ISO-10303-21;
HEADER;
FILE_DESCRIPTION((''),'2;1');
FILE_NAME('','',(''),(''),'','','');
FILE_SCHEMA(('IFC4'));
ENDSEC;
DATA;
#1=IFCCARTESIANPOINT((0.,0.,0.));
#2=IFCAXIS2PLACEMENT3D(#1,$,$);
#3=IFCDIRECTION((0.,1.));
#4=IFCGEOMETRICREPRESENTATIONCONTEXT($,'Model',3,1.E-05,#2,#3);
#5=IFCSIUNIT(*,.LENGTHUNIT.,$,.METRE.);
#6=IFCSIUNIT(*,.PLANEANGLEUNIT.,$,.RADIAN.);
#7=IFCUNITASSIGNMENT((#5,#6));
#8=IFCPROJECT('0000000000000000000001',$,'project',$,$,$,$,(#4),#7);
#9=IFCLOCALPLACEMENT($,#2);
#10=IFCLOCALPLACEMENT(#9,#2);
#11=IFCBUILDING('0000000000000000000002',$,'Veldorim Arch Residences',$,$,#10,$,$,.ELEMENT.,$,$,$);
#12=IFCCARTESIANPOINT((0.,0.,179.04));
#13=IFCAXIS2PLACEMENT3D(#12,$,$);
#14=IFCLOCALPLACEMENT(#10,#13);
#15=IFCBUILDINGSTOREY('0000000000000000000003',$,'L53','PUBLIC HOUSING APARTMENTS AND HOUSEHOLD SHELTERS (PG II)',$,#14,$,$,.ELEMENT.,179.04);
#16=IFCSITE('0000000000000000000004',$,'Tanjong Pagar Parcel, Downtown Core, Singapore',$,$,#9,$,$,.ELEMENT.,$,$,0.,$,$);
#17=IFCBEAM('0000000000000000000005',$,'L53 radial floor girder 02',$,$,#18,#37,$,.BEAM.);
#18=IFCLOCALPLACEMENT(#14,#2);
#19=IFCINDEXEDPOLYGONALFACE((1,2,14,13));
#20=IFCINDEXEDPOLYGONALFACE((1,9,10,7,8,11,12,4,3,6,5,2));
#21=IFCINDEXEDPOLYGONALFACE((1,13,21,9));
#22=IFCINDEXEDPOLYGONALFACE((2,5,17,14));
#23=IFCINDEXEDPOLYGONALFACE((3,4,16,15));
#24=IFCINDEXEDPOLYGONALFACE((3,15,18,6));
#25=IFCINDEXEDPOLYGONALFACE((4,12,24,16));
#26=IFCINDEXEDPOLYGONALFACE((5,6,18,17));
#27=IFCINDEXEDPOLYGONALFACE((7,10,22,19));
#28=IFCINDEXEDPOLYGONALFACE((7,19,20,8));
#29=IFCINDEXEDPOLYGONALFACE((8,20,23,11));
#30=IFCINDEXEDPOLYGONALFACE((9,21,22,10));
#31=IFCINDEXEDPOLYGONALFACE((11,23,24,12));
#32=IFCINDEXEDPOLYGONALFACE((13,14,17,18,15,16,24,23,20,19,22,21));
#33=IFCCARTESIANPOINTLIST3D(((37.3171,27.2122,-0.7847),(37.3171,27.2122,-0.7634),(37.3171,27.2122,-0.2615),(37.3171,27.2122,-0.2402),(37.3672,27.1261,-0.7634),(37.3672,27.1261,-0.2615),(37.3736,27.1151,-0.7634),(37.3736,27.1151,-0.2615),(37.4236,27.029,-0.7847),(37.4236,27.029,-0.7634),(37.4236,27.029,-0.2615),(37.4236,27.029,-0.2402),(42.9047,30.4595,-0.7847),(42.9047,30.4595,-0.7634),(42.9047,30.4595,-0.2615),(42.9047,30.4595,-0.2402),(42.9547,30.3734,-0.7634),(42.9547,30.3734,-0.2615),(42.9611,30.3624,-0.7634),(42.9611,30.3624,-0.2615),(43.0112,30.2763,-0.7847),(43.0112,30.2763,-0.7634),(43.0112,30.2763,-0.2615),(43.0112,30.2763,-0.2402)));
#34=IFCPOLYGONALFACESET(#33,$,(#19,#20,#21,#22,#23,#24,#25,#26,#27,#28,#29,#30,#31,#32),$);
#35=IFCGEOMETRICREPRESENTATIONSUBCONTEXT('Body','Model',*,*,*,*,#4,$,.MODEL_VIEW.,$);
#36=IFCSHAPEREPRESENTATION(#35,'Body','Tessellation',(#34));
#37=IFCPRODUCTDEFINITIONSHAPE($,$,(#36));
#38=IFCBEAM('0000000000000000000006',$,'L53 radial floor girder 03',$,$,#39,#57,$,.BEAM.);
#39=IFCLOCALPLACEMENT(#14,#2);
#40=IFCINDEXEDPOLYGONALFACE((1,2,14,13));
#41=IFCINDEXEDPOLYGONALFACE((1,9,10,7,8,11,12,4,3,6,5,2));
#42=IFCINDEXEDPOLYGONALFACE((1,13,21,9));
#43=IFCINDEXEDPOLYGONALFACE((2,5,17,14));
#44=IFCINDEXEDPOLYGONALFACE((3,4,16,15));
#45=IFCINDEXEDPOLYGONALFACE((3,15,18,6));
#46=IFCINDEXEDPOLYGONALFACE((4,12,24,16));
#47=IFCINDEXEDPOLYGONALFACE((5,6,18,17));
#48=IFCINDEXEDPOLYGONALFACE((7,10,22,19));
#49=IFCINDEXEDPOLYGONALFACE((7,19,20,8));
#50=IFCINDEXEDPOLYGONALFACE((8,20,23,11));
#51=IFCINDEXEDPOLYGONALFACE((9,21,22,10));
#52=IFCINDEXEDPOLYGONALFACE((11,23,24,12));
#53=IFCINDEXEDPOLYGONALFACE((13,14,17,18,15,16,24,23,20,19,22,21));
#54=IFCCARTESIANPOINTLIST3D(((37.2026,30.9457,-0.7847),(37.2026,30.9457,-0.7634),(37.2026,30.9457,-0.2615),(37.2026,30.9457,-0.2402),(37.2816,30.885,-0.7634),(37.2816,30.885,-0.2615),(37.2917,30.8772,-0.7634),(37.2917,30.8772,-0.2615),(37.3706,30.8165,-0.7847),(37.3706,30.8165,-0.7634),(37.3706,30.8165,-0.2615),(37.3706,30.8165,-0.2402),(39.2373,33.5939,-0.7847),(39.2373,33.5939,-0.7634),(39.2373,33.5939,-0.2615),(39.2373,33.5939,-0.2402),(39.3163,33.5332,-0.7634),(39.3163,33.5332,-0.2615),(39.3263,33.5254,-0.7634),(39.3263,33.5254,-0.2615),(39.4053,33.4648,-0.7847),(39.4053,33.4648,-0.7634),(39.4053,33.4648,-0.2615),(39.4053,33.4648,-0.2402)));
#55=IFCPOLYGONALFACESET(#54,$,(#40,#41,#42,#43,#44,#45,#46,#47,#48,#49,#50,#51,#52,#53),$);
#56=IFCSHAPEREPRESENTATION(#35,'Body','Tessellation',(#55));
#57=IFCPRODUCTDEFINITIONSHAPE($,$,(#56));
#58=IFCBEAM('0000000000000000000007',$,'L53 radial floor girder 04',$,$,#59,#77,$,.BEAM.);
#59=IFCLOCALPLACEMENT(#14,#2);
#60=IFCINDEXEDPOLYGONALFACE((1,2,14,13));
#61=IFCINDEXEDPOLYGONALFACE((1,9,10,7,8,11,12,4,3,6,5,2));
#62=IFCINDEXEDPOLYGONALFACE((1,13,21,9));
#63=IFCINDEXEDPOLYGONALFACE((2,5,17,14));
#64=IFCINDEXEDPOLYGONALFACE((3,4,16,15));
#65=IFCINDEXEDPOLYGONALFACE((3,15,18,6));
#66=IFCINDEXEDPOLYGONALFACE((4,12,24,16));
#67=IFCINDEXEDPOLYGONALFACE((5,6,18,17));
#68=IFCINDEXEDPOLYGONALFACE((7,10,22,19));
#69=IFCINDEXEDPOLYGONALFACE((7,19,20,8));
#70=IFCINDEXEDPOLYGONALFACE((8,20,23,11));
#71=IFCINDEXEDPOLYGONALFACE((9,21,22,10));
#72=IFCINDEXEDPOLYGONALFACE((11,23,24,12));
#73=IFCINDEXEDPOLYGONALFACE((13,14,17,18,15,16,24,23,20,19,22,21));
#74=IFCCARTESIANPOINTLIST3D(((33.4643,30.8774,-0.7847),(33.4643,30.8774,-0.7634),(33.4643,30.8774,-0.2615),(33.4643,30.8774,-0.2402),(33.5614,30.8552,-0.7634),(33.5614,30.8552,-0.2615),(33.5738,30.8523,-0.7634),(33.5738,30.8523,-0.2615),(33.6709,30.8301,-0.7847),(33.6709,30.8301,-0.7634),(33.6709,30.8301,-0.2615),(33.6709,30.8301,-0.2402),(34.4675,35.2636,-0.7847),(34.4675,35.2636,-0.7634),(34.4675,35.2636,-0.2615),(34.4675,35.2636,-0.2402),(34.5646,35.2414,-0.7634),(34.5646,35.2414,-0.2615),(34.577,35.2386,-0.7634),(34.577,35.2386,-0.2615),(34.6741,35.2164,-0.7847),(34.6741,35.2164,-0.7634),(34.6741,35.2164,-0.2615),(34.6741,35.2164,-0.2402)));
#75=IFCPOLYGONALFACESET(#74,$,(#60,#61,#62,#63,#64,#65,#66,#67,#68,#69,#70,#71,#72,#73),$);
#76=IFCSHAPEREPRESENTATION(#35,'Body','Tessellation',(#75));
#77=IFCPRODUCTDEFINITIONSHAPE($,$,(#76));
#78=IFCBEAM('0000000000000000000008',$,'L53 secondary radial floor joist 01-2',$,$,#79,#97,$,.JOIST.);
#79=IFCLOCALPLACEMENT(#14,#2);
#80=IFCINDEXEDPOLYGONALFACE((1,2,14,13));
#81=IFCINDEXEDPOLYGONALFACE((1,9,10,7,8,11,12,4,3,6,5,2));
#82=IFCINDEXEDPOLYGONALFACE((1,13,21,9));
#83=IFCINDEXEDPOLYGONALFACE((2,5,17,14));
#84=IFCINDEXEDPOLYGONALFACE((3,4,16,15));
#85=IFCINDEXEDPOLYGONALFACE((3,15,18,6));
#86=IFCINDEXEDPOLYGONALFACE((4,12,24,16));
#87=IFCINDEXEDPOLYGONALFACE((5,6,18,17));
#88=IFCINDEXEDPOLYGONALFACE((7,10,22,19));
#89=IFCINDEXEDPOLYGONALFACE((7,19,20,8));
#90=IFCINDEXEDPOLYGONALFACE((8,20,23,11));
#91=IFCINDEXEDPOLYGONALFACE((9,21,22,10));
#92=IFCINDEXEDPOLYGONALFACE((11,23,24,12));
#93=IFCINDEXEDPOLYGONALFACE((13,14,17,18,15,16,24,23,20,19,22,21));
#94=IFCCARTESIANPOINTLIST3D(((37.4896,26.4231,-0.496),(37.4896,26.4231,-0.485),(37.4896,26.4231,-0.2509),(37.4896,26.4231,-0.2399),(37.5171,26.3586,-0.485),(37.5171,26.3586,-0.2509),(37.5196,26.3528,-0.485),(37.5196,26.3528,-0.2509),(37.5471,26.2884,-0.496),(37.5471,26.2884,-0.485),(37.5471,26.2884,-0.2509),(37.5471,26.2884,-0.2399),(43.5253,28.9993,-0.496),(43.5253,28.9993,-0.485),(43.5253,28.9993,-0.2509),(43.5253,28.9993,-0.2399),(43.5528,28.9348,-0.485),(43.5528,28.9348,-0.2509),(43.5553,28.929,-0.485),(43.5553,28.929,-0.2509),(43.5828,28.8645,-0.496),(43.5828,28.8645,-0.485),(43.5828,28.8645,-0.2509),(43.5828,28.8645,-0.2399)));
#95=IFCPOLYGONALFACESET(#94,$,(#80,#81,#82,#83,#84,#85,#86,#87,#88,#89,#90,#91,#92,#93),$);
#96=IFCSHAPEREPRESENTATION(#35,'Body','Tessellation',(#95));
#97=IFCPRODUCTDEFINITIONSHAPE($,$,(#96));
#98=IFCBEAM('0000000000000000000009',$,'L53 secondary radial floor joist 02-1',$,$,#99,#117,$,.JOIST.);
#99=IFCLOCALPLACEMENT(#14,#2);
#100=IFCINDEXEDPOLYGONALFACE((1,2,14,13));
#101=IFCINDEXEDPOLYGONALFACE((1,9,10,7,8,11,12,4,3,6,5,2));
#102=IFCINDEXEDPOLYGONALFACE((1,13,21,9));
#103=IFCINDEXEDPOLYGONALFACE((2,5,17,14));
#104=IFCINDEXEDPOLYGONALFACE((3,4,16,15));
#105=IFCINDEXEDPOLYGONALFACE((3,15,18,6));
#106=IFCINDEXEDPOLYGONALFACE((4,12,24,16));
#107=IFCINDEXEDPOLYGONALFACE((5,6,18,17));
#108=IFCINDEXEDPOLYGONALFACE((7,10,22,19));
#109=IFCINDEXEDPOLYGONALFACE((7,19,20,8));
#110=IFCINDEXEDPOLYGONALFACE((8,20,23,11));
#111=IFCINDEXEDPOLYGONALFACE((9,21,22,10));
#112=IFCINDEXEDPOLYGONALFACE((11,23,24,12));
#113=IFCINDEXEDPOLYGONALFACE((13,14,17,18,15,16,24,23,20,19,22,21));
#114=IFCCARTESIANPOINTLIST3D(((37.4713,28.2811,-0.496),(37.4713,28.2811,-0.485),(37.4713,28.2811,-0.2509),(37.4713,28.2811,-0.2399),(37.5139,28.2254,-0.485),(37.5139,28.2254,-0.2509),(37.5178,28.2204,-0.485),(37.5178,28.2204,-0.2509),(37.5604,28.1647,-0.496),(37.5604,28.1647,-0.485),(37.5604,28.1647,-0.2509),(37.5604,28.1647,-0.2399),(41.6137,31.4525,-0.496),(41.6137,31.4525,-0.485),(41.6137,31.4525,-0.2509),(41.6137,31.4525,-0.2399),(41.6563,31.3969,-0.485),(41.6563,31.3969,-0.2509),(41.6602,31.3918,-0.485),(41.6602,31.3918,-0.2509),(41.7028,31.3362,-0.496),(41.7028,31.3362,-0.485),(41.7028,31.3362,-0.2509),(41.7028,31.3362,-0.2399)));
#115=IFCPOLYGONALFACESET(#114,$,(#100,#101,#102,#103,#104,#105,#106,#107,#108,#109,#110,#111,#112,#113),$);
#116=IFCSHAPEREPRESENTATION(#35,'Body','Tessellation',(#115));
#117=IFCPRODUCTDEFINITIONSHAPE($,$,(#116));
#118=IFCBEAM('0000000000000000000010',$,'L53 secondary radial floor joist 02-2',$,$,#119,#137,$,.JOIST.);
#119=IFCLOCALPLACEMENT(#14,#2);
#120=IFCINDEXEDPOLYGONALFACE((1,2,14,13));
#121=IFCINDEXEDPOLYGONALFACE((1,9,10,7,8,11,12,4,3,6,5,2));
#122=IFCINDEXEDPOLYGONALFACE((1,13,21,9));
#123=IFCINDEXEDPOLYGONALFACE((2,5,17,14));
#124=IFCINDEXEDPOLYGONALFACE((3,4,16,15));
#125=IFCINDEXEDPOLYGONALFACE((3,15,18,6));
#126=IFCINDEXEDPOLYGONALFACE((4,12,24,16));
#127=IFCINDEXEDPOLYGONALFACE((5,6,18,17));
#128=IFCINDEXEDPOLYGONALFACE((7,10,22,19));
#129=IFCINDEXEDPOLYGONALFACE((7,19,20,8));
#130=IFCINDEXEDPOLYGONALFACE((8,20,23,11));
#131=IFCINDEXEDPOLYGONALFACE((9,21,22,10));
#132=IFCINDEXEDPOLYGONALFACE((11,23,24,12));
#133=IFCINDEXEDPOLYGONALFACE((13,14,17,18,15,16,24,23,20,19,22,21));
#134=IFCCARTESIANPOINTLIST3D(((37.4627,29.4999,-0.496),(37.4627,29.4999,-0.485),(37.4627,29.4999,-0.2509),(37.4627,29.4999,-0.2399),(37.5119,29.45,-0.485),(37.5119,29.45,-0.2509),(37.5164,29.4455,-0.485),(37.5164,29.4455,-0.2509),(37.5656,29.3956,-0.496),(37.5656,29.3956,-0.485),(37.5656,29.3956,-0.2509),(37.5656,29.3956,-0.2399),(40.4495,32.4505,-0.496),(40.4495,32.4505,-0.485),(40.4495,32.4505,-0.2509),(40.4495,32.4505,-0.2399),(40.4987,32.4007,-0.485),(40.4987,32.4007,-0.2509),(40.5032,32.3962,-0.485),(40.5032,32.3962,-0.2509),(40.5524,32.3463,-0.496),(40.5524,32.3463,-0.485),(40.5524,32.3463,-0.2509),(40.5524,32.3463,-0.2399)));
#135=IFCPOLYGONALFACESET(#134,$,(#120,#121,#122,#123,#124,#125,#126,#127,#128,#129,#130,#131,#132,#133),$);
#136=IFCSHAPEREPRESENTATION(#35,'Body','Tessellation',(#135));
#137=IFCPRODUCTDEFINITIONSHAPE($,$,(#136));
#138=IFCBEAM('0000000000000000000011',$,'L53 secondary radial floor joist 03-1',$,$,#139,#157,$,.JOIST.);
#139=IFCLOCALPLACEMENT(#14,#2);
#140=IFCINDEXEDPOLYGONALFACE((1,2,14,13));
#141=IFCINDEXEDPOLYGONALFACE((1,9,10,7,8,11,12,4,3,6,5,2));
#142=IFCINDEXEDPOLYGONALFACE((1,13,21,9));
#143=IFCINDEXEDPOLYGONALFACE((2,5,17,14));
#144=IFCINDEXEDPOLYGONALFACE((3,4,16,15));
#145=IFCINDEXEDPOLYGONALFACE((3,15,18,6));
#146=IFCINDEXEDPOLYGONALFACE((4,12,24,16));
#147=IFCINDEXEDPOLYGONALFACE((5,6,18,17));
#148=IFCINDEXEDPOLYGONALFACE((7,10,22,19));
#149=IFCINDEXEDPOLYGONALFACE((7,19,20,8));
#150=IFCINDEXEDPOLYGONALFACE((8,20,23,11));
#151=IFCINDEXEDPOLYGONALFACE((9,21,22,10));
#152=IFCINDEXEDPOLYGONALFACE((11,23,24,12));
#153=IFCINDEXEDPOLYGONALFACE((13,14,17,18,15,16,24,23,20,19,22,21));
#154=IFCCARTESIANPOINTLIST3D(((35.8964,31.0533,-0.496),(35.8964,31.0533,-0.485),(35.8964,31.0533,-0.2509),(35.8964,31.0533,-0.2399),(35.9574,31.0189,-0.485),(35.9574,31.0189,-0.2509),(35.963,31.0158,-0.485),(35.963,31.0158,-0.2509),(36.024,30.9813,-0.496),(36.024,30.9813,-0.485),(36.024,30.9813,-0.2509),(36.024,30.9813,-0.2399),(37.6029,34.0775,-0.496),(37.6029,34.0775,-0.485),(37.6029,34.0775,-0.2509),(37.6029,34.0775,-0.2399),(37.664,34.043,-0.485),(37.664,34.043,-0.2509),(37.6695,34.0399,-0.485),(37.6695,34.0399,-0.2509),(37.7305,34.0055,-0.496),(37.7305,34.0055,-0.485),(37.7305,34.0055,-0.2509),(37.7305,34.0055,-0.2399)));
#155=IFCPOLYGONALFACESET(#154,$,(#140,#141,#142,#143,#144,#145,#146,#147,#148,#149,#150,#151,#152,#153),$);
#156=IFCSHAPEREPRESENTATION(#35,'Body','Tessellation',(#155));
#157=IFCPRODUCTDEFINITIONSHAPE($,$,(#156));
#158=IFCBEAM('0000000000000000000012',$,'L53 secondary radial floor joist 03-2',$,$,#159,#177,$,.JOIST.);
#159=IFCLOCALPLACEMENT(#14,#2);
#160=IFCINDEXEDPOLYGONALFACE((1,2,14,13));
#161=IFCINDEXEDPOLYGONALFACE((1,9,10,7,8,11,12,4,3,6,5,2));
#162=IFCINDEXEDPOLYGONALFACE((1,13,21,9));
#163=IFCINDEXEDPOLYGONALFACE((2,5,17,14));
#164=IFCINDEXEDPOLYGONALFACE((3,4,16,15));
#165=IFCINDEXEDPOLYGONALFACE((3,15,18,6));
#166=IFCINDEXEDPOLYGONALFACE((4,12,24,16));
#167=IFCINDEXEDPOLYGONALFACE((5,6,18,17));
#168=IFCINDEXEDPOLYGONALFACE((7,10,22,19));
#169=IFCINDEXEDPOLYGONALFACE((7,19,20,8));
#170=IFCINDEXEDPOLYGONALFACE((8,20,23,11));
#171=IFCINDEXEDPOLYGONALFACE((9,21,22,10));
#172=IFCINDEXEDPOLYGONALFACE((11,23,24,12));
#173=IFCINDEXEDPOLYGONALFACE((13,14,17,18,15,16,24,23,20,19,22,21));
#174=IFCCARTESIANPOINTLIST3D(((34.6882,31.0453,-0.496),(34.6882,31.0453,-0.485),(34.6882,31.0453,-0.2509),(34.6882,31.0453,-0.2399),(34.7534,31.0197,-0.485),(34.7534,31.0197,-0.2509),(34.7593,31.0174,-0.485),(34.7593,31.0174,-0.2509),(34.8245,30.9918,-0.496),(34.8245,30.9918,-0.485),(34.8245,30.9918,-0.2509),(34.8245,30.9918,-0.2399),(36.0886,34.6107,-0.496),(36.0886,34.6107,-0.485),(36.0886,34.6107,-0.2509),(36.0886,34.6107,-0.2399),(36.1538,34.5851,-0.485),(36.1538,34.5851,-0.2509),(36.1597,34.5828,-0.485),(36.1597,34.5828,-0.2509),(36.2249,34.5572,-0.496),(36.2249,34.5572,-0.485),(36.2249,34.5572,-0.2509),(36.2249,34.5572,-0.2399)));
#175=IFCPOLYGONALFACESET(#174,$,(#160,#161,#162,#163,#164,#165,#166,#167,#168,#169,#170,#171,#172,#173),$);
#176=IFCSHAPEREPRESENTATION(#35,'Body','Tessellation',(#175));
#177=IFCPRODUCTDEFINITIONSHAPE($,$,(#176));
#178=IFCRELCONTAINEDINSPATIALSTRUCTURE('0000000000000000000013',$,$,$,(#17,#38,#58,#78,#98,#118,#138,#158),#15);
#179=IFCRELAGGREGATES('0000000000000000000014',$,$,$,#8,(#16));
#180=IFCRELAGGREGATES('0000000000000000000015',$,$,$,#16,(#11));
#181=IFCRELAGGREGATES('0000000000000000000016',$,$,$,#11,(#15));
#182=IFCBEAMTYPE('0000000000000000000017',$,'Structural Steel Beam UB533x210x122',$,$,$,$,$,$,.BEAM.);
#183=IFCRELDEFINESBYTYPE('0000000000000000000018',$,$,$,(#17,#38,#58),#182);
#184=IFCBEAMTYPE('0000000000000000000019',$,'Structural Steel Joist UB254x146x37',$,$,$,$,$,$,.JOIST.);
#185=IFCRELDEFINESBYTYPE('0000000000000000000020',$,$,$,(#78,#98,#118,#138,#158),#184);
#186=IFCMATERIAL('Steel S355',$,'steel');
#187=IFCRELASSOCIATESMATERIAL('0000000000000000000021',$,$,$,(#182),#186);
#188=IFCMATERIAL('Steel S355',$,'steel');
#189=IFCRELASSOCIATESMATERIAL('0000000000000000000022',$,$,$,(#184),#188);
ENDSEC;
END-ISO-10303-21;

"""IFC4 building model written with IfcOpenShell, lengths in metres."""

from ifc_helpers import new_model, si_unit, direction, frame, origin, origin_2d, place, context, subcontext, project, spatial, i_section, extrude, material, material_profile, profile_set, type_object, element, save


model = new_model("IFC4")

# Units and contexts
model_context = context("Model", 3, precision=1e-05, world=origin(), true_north=direction((0.0, 1.0)))
body_context = subcontext(model_context, "Body", "Model", "MODEL_VIEW")
ifc_project = project(units=[si_unit("LENGTHUNIT", "METRE"), si_unit("PLANEANGLEUNIT", "RADIAN")], contexts=[model_context])

# Site, building, storey
site_placement = place(None, origin())
site = spatial("IfcSite", under=ifc_project, at=site_placement, Name="Tanjong Pagar Parcel, Downtown Core, Singapore", CompositionType="ELEMENT", RefElevation=0.0)
building_placement = place(site_placement, origin())
building = spatial("IfcBuilding", under=site, at=building_placement, Name="Veldorim Arch Residences", CompositionType="ELEMENT")
storey_placement = place(building_placement, frame((0.0, 0.0, 179.04)))
storey = spatial("IfcBuildingStorey", under=building, at=storey_placement, Name="L53", Description="PUBLIC HOUSING APARTMENTS AND HOUSEHOLD SHELTERS (PG II)", CompositionType="ELEMENT", Elevation=179.04)

# Beams
ifc_material_1 = material(Name="Steel S355", Category="steel")
ifc_material_profile_1 = material_profile(ifc_material_1, i_section(OverallWidth=0.2119, OverallDepth=0.5444, WebThickness=0.0127, FlangeThickness=0.0212, at=origin_2d()), Name="UB533x210x122")
ifc_profile_set_1 = profile_set([ifc_material_profile_1], Name="Steel S355")
beam_type_1 = type_object("IfcBeamType", Name="Structural Steel Beam UB533x210x122", PredefinedType="BEAM", material=ifc_profile_set_1)
beam_1_placement = place(storey_placement, frame((37.3704, 27.1206, -0.5125), z_axis=(0.864596, 0.502468, 0.0), x_axis=(-0.502468, 0.864596, 0.0)))
element("IfcBeam", 1, at=beam_1_placement, inside=storey, type_object=beam_type_1, Name="L53 radial floor girder 02", PredefinedType="BEAM", context=body_context, shape_type="SweptSolid", body=[
    extrude(i_section(OverallWidth=0.2119, OverallDepth=0.5444, WebThickness=0.0127, FlangeThickness=0.0212, at=origin_2d()), origin(), (0.0, 0.0, 1.0), 6.4626),
])
beam_2_placement = place(storey_placement, frame((37.2866, 30.8811, -0.5125), z_axis=(0.609258, 0.792972, 0.0), x_axis=(-0.792972, 0.609258, 0.0)))
element("IfcBeam", 2, at=beam_2_placement, inside=storey, type_object=beam_type_1, Name="L53 radial floor girder 03", PredefinedType="BEAM", context=body_context, shape_type="SweptSolid", body=[
    extrude(i_section(OverallWidth=0.2119, OverallDepth=0.5444, WebThickness=0.0127, FlangeThickness=0.0212, at=origin_2d()), origin(), (0.0, 0.0, 1.0), 3.3396),
])
beam_3_placement = place(storey_placement, frame((33.5676, 30.8538, -0.5125), z_axis=(0.222953, 0.974829, 0.0), x_axis=(-0.974829, 0.222953, 0.0)))
element("IfcBeam", 3, at=beam_3_placement, inside=storey, type_object=beam_type_1, Name="L53 radial floor girder 04", PredefinedType="BEAM", context=body_context, shape_type="SweptSolid", body=[
    extrude(i_section(OverallWidth=0.2119, OverallDepth=0.5444, WebThickness=0.0127, FlangeThickness=0.0212, at=origin_2d()), origin(), (0.0, 0.0, 1.0), 4.4995),
])
ifc_material_2 = material(Name="Steel S355", Category="steel")
ifc_material_profile_2 = material_profile(ifc_material_2, i_section(OverallWidth=0.1465, OverallDepth=0.2561, WebThickness=0.0063, FlangeThickness=0.011, at=origin_2d()), Name="UB254x146x37")
ifc_profile_set_2 = profile_set([ifc_material_profile_2], Name="Steel S355")
beam_type_2 = type_object("IfcBeamType", Name="Structural Steel Joist UB254x146x37", PredefinedType="JOIST", material=ifc_profile_set_2)
beam_4_placement = place(storey_placement, frame((37.5183, 26.3557, -0.3679), z_axis=(0.919725, 0.392563, 0.0), x_axis=(-0.392563, 0.919725, 0.0)))
element("IfcBeam", 4, at=beam_4_placement, inside=storey, type_object=beam_type_2, Name="L53 secondary radial floor joist 01-2", PredefinedType="JOIST", context=body_context, shape_type="SweptSolid", body=[
    extrude(i_section(OverallWidth=0.1465, OverallDepth=0.2561, WebThickness=0.0063, FlangeThickness=0.011, at=origin_2d()), origin(), (0.0, 0.0, 1.0), 6.5625),
])
beam_5_placement = place(storey_placement, frame((37.5159, 28.2229, -0.3679), z_axis=(0.794014, 0.6079, 0.0), x_axis=(-0.6079, 0.794014, 0.0)))
element("IfcBeam", 5, at=beam_5_placement, inside=storey, type_object=beam_type_2, Name="L53 secondary radial floor joist 02-1", PredefinedType="JOIST", context=body_context, shape_type="SweptSolid", body=[
    extrude(i_section(OverallWidth=0.1465, OverallDepth=0.2561, WebThickness=0.0063, FlangeThickness=0.011, at=origin_2d()), origin(), (0.0, 0.0, 1.0), 5.217),
])
beam_6_placement = place(storey_placement, frame((37.5142, 29.4478, -0.3679), z_axis=(0.711397, 0.702791, 0.0), x_axis=(-0.702791, 0.711397, 0.0)))
element("IfcBeam", 6, at=beam_6_placement, inside=storey, type_object=beam_type_2, Name="L53 secondary radial floor joist 02-2", PredefinedType="JOIST", context=body_context, shape_type="SweptSolid", body=[
    extrude(i_section(OverallWidth=0.1465, OverallDepth=0.2561, WebThickness=0.0063, FlangeThickness=0.011, at=origin_2d()), origin(), (0.0, 0.0, 1.0), 4.1985),
])
beam_7_placement = place(storey_placement, frame((35.9602, 31.0173, -0.3679), z_axis=(0.491452, 0.870904, 0.0), x_axis=(-0.870904, 0.491452, 0.0)))
element("IfcBeam", 7, at=beam_7_placement, inside=storey, type_object=beam_type_2, Name="L53 secondary radial floor joist 03-1", PredefinedType="JOIST", context=body_context, shape_type="SweptSolid", body=[
    extrude(i_section(OverallWidth=0.1465, OverallDepth=0.2561, WebThickness=0.0063, FlangeThickness=0.011, at=origin_2d()), origin(), (0.0, 0.0, 1.0), 3.4724),
])
beam_8_placement = place(storey_placement, frame((34.7563, 31.0186, -0.3679), z_axis=(0.365581, 0.930779, 0.0), x_axis=(-0.930779, 0.365581, 0.0)))
element("IfcBeam", 8, at=beam_8_placement, inside=storey, type_object=beam_type_2, Name="L53 secondary radial floor joist 03-2", PredefinedType="JOIST", context=body_context, shape_type="SweptSolid", body=[
    extrude(i_section(OverallWidth=0.1465, OverallDepth=0.2561, WebThickness=0.0063, FlangeThickness=0.011, at=origin_2d()), origin(), (0.0, 0.0, 1.0), 3.8306),
])

save(model, "model.ifc")
